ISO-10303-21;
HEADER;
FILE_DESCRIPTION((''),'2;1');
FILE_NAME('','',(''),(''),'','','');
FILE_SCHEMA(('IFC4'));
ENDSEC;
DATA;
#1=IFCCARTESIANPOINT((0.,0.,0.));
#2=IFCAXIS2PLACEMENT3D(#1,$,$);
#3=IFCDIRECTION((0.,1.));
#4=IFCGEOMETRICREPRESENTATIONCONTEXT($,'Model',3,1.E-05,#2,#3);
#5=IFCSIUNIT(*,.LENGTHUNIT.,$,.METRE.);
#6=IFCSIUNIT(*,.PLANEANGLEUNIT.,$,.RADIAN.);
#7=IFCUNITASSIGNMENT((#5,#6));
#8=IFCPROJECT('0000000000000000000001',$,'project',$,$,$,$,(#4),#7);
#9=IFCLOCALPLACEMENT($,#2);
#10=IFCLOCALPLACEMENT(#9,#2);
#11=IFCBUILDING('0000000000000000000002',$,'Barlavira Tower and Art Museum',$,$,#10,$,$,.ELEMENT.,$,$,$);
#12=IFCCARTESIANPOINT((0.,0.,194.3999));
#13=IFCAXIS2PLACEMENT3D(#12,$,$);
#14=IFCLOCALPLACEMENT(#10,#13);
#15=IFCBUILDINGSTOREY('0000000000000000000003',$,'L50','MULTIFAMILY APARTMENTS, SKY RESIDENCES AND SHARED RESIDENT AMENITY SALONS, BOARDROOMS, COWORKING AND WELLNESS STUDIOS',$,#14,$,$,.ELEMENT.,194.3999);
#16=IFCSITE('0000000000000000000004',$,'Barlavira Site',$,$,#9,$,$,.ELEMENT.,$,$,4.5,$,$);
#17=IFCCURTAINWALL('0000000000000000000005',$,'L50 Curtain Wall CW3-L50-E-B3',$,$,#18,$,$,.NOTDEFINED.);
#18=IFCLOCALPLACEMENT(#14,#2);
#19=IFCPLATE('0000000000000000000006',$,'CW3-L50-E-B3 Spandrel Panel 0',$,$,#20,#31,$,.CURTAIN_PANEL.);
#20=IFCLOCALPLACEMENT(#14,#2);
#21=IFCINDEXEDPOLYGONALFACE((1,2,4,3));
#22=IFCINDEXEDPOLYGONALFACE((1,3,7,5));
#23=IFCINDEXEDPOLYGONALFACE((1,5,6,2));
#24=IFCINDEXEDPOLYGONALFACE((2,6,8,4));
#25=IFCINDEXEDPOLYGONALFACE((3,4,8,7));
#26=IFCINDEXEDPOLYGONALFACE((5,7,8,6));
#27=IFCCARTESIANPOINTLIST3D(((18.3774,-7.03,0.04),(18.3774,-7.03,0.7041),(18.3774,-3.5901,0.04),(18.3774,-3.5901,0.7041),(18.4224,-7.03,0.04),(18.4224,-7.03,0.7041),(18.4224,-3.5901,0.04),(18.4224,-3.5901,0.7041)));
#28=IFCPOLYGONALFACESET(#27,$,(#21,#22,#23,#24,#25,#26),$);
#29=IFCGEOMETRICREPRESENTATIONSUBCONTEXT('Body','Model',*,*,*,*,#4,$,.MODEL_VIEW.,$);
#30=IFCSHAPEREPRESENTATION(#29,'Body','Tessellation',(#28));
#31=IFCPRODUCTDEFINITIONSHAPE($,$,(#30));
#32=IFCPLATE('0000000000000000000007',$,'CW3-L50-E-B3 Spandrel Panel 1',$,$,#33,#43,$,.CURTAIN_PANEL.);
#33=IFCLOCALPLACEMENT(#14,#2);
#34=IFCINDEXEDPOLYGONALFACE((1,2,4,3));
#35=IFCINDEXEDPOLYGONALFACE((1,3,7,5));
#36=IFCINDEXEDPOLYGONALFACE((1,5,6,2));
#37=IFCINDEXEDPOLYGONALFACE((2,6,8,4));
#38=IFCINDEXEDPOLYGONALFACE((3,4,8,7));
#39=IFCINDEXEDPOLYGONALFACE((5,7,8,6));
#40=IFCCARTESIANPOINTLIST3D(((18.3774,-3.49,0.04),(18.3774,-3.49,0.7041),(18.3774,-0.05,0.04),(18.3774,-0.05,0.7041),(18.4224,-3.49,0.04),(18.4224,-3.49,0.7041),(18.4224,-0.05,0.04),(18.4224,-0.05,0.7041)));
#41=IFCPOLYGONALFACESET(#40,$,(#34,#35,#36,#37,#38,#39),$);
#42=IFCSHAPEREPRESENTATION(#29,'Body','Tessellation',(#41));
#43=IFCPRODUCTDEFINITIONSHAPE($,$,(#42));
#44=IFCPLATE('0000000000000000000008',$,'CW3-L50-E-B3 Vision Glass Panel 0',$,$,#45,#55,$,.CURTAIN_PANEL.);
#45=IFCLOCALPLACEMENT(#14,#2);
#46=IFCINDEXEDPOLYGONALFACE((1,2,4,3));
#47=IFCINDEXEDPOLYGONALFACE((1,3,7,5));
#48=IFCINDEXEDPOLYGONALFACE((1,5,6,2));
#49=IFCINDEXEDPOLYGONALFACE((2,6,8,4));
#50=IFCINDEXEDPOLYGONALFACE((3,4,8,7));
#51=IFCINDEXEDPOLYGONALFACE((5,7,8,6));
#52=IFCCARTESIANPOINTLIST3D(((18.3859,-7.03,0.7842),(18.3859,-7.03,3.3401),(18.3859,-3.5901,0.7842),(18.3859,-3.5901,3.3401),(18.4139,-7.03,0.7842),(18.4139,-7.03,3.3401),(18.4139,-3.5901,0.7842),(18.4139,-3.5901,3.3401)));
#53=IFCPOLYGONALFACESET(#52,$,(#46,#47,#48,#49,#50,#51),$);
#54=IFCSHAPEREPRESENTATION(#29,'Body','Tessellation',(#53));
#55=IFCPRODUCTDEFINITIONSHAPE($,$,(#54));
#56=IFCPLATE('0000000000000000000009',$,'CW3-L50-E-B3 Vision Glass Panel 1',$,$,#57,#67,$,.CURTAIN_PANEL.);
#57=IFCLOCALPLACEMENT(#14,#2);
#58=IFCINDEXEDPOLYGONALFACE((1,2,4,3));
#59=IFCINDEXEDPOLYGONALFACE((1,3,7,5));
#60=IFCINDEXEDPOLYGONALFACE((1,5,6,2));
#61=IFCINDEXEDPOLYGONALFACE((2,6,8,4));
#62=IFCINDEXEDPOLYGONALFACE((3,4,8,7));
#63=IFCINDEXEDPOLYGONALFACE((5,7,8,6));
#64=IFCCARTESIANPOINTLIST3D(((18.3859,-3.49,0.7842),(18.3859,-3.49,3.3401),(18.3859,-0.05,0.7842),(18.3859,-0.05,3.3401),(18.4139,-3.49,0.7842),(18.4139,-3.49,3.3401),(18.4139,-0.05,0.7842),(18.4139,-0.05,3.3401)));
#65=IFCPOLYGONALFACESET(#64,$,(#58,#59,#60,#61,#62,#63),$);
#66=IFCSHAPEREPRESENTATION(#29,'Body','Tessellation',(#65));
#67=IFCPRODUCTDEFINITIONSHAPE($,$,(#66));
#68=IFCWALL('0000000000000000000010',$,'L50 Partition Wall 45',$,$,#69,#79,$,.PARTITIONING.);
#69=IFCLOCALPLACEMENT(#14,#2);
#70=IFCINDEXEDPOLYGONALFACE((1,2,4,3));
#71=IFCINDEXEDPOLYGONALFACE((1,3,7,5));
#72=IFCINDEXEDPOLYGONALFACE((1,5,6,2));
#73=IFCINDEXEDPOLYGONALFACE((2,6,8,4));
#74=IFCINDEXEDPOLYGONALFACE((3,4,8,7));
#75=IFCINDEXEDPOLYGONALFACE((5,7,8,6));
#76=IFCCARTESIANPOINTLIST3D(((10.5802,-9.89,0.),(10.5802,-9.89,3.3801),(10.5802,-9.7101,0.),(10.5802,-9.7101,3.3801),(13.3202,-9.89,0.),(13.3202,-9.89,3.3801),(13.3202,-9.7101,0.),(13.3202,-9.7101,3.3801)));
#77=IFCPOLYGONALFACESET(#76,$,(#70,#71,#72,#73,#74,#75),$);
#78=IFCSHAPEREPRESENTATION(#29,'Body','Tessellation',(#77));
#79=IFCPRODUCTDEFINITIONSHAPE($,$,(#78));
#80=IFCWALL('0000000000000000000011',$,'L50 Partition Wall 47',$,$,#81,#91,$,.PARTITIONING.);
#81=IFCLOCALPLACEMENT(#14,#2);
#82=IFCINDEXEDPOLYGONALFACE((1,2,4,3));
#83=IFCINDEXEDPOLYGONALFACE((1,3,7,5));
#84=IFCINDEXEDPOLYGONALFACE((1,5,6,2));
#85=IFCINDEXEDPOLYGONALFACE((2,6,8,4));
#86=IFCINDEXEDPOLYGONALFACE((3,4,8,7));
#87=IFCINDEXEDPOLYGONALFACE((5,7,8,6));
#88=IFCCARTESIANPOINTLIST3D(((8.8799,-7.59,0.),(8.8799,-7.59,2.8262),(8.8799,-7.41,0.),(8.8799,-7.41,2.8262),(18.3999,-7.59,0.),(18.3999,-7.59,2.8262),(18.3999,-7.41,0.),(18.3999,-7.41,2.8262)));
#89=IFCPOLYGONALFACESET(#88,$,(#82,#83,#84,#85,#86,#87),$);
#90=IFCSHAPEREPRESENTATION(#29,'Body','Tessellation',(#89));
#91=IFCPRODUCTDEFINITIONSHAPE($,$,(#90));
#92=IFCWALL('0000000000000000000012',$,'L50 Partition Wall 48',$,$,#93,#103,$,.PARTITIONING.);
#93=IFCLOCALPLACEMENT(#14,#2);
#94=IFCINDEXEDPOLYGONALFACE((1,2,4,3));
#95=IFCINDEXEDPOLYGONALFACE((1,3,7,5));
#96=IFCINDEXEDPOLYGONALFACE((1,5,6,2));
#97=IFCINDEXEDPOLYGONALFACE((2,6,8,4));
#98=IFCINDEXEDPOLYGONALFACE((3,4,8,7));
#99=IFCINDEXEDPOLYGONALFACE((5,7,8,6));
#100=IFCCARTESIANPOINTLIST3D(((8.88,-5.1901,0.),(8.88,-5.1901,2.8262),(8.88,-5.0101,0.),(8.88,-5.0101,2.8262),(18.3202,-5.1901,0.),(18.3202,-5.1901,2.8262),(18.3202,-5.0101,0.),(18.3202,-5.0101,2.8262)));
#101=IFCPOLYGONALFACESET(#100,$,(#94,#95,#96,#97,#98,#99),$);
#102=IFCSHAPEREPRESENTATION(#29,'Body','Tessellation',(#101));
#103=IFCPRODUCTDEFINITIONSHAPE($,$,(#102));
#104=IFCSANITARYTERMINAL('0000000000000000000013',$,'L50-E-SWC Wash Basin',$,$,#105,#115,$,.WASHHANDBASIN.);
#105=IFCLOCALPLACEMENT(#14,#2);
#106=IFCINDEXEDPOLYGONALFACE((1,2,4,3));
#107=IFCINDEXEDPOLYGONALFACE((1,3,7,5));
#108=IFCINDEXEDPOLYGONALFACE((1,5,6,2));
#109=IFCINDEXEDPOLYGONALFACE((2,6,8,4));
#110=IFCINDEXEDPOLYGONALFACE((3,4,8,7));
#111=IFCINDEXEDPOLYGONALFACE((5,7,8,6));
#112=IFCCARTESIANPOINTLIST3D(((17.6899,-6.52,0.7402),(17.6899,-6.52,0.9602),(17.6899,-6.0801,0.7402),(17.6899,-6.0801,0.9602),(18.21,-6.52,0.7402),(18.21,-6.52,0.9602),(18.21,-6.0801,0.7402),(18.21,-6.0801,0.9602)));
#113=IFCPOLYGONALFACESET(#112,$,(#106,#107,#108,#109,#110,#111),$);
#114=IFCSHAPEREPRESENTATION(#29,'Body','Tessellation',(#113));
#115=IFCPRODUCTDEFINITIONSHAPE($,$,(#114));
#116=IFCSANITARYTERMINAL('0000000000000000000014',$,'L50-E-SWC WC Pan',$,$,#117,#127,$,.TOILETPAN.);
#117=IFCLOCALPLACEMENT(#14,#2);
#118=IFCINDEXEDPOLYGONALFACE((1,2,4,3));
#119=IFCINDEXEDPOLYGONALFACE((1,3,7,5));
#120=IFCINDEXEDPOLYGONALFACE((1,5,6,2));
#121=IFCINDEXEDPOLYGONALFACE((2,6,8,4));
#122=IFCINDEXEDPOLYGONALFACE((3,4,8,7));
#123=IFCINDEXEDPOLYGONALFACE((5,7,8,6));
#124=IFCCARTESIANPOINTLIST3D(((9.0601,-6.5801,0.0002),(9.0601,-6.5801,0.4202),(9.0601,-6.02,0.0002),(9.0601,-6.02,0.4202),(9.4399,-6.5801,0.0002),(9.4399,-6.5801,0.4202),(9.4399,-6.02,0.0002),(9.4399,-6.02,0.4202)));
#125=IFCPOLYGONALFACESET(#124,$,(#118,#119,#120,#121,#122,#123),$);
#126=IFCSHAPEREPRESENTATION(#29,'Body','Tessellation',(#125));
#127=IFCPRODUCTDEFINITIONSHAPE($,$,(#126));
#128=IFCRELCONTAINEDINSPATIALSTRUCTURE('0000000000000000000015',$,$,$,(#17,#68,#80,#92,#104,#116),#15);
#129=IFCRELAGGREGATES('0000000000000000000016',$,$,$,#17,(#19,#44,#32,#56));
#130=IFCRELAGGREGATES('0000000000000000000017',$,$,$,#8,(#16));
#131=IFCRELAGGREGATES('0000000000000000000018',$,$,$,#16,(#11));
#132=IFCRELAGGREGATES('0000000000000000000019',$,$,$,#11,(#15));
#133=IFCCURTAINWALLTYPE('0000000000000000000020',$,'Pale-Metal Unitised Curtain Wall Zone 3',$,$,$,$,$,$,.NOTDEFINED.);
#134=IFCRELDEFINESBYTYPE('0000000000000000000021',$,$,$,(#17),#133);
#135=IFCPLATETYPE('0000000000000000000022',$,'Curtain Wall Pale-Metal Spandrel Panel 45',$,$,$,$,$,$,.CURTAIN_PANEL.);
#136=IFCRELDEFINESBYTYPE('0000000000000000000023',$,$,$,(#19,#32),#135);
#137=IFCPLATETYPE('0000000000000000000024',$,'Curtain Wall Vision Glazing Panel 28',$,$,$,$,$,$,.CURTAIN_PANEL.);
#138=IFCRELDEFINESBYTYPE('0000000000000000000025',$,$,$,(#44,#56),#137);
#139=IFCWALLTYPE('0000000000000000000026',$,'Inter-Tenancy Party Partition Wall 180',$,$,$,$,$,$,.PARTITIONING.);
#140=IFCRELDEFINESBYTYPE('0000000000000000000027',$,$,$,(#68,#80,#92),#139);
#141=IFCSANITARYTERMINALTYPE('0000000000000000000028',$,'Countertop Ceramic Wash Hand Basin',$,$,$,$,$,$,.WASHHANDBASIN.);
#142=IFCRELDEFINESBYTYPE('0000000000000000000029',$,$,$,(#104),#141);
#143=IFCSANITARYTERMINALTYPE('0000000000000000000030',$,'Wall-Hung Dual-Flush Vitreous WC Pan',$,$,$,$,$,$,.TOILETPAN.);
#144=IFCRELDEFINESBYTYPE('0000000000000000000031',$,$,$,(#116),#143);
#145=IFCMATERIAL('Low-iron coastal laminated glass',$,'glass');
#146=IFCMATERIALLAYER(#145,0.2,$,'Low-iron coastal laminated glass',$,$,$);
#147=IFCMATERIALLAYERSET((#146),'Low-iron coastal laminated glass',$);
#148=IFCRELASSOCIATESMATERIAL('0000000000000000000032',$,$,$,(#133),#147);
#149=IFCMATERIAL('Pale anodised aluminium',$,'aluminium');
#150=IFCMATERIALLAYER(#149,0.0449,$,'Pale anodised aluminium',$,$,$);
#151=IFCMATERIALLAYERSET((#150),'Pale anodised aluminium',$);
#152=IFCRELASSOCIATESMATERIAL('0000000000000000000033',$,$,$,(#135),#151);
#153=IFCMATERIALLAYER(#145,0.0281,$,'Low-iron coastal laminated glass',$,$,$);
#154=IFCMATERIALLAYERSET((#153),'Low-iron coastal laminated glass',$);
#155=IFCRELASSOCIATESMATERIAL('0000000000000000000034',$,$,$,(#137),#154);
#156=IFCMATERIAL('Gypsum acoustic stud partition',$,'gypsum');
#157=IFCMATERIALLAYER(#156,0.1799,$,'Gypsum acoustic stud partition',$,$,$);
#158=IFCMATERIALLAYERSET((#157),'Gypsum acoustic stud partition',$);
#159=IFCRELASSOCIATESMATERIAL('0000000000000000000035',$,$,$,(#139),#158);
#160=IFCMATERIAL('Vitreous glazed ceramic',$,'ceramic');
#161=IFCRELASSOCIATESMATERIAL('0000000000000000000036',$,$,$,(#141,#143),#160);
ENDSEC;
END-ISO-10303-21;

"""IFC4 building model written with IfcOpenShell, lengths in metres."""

from ifc_helpers import new_model, si_unit, direction, frame, frame_2d, origin, origin_2d, place, context, subcontext, project, spatial, rectangle, extrude, material, layer, layer_set, type_object, element, aggregate, save


model = new_model("IFC4")

# Units and contexts
model_context = context("Model", 3, precision=1e-05, world=origin(), true_north=direction((0.0, 1.0)))
body_context = subcontext(model_context, "Body", "Model", "MODEL_VIEW")
ifc_project = project(units=[si_unit("LENGTHUNIT", "METRE"), si_unit("PLANEANGLEUNIT", "RADIAN")], contexts=[model_context])

# Site, building, storey
site_placement = place(None, origin())
site = spatial("IfcSite", under=ifc_project, at=site_placement, Name="Barlavira Site", CompositionType="ELEMENT", RefElevation=4.5)
building_placement = place(site_placement, origin())
building = spatial("IfcBuilding", under=site, at=building_placement, Name="Barlavira Tower and Art Museum", CompositionType="ELEMENT")
storey_placement = place(building_placement, frame((0.0, 0.0, 194.3999)))
storey = spatial("IfcBuildingStorey", under=building, at=storey_placement, Name="L50", Description="MULTIFAMILY APARTMENTS, SKY RESIDENCES AND SHARED RESIDENT AMENITY SALONS, BOARDROOMS, COWORKING AND WELLNESS STUDIOS", CompositionType="ELEMENT", Elevation=194.3999)

# Curtain wall
ifc_material_1 = material(Name="Low-iron coastal laminated glass", Category="glass")
ifc_layer_1 = layer(ifc_material_1, 0.2, Name="Low-iron coastal laminated glass")
ifc_layer_set_1 = layer_set([ifc_layer_1], Name="Low-iron coastal laminated glass")
curtain_wall_type = type_object("IfcCurtainWallType", Name="Pale-Metal Unitised Curtain Wall Zone 3", PredefinedType="NOTDEFINED", material=ifc_layer_set_1)
curtain_wall_placement = place(storey_placement, origin())
curtain_wall = element("IfcCurtainWall", 1, at=curtain_wall_placement, inside=storey, type_object=curtain_wall_type, Name="L50 Curtain Wall CW3-L50-E-B3", PredefinedType="NOTDEFINED")
ifc_material_2 = material(Name="Pale anodised aluminium", Category="aluminium")

# Plates
ifc_layer_2 = layer(ifc_material_2, 0.0449, Name="Pale anodised aluminium")
ifc_layer_set_2 = layer_set([ifc_layer_2], Name="Pale anodised aluminium")
plate_type_1 = type_object("IfcPlateType", Name="Curtain Wall Pale-Metal Spandrel Panel 45", PredefinedType="CURTAIN_PANEL", material=ifc_layer_set_2)
plate_1_placement = place(storey_placement, frame((18.3999, -5.3101, 0.04), z_axis=(0.0, 0.0, 1.0), x_axis=(0.0, 1.0, 0.0)))
plate_1 = element("IfcPlate", 2, at=plate_1_placement, type_object=plate_type_1, Name="CW3-L50-E-B3 Spandrel Panel 0", PredefinedType="CURTAIN_PANEL", context=body_context, shape_type="SweptSolid", body=[
    extrude(rectangle(XDim=3.4399, YDim=0.0449, at=origin_2d()), origin(), (0.0, 0.0, 1.0), 0.6641),
])
plate_2_placement = place(storey_placement, frame((18.3999, -1.77, 0.04), z_axis=(0.0, 0.0, 1.0), x_axis=(0.0, 1.0, 0.0)))
plate_2 = element("IfcPlate", 3, at=plate_2_placement, type_object=plate_type_1, Name="CW3-L50-E-B3 Spandrel Panel 1", PredefinedType="CURTAIN_PANEL", context=body_context, shape_type="SweptSolid", body=[
    extrude(rectangle(XDim=3.4399, YDim=0.0449, at=origin_2d()), origin(), (0.0, 0.0, 1.0), 0.6641),
])
ifc_layer_3 = layer(ifc_material_1, 0.0281, Name="Low-iron coastal laminated glass")
ifc_layer_set_3 = layer_set([ifc_layer_3], Name="Low-iron coastal laminated glass")
plate_type_2 = type_object("IfcPlateType", Name="Curtain Wall Vision Glazing Panel 28", PredefinedType="CURTAIN_PANEL", material=ifc_layer_set_3)
plate_3_placement = place(storey_placement, frame((18.3999, -5.3101, 0.7842), z_axis=(0.0, 0.0, 1.0), x_axis=(0.0, 1.0, 0.0)))
plate_3 = element("IfcPlate", 4, at=plate_3_placement, type_object=plate_type_2, Name="CW3-L50-E-B3 Vision Glass Panel 0", PredefinedType="CURTAIN_PANEL", context=body_context, shape_type="SweptSolid", body=[
    extrude(rectangle(XDim=3.4399, YDim=0.0281, at=origin_2d()), origin(), (0.0, 0.0, 1.0), 2.5559),
])
plate_4_placement = place(storey_placement, frame((18.3999, -1.77, 0.7842), z_axis=(0.0, 0.0, 1.0), x_axis=(0.0, 1.0, 0.0)))
plate_4 = element("IfcPlate", 5, at=plate_4_placement, type_object=plate_type_2, Name="CW3-L50-E-B3 Vision Glass Panel 1", PredefinedType="CURTAIN_PANEL", context=body_context, shape_type="SweptSolid", body=[
    extrude(rectangle(XDim=3.4399, YDim=0.0281, at=origin_2d()), origin(), (0.0, 0.0, 1.0), 2.5559),
])
aggregate(curtain_wall, [plate_1, plate_3, plate_2, plate_4])

# Shared definitions
ifc_material_3 = material(Name="Gypsum acoustic stud partition", Category="gypsum")
ifc_layer_4 = layer(ifc_material_3, 0.1799, Name="Gypsum acoustic stud partition")
ifc_layer_set_4 = layer_set([ifc_layer_4], Name="Gypsum acoustic stud partition")
wall_type = type_object("IfcWallType", Name="Inter-Tenancy Party Partition Wall 180", PredefinedType="PARTITIONING", material=ifc_layer_set_4)

# Walls
wall_1_placement = place(storey_placement, frame((10.5801, -9.8, 0.0), z_axis=(0.0, 0.0, 1.0), x_axis=(1.0, 0.0, 0.0)))
element("IfcWall", 6, at=wall_1_placement, inside=storey, type_object=wall_type, Name="L50 Partition Wall 45", PredefinedType="PARTITIONING", context=body_context, shape_type="SweptSolid", body=[
    extrude(rectangle(XDim=2.74, YDim=0.1799, at=frame_2d((1.3701, 0.0))), origin(), (0.0, 0.0, 1.0), 3.3801),
])
wall_2_placement = place(storey_placement, frame((8.8799, -7.5, 0.0), z_axis=(0.0, 0.0, 1.0), x_axis=(1.0, 0.0, 0.0)))
element("IfcWall", 7, at=wall_2_placement, inside=storey, type_object=wall_type, Name="L50 Partition Wall 47", PredefinedType="PARTITIONING", context=body_context, shape_type="SweptSolid", body=[
    extrude(rectangle(XDim=9.52, YDim=0.1799, at=frame_2d((4.76, 0.0))), origin(), (0.0, 0.0, 1.0), 2.8262),
])
wall_3_placement = place(storey_placement, frame((8.8799, -5.1001, 0.0), z_axis=(0.0, 0.0, 1.0), x_axis=(1.0, 0.0, 0.0)))
element("IfcWall", 8, at=wall_3_placement, inside=storey, type_object=wall_type, Name="L50 Partition Wall 48", PredefinedType="PARTITIONING", context=body_context, shape_type="SweptSolid", body=[
    extrude(rectangle(XDim=9.4402, YDim=0.1799, at=frame_2d((4.7202, 0.0))), origin(), (0.0, 0.0, 1.0), 2.8262),
])

# Sanitary terminals
ifc_material_4 = material(Name="Vitreous glazed ceramic", Category="ceramic")
sanitary_terminal_type_1 = type_object("IfcSanitaryTerminalType", Name="Countertop Ceramic Wash Hand Basin", PredefinedType="WASHHANDBASIN", material=ifc_material_4)
sanitary_terminal_1_placement = place(storey_placement, frame((17.95, -6.3, 0.7402), z_axis=(0.0, 0.0, 1.0), x_axis=(1.0, 0.0, 0.0)))
element("IfcSanitaryTerminal", 9, at=sanitary_terminal_1_placement, inside=storey, type_object=sanitary_terminal_type_1, Name="L50-E-SWC Wash Basin", PredefinedType="WASHHANDBASIN", context=body_context, shape_type="SweptSolid", body=[
    extrude(rectangle(XDim=0.52, YDim=0.4399, at=origin_2d()), origin(), (0.0, 0.0, 1.0), 0.22),
])
sanitary_terminal_type_2 = type_object("IfcSanitaryTerminalType", Name="Wall-Hung Dual-Flush Vitreous WC Pan", PredefinedType="TOILETPAN", material=ifc_material_4)
sanitary_terminal_2_placement = place(storey_placement, frame((9.25, -6.3, 0.0002), z_axis=(0.0, 0.0, 1.0), x_axis=(1.0, 0.0, 0.0)))
element("IfcSanitaryTerminal", 10, at=sanitary_terminal_2_placement, inside=storey, type_object=sanitary_terminal_type_2, Name="L50-E-SWC WC Pan", PredefinedType="TOILETPAN", context=body_context, shape_type="SweptSolid", body=[
    extrude(rectangle(XDim=0.3799, YDim=0.5601, at=origin_2d()), origin(), (0.0, 0.0, 1.0), 0.4199),
])

save(model, "model.ifc")
